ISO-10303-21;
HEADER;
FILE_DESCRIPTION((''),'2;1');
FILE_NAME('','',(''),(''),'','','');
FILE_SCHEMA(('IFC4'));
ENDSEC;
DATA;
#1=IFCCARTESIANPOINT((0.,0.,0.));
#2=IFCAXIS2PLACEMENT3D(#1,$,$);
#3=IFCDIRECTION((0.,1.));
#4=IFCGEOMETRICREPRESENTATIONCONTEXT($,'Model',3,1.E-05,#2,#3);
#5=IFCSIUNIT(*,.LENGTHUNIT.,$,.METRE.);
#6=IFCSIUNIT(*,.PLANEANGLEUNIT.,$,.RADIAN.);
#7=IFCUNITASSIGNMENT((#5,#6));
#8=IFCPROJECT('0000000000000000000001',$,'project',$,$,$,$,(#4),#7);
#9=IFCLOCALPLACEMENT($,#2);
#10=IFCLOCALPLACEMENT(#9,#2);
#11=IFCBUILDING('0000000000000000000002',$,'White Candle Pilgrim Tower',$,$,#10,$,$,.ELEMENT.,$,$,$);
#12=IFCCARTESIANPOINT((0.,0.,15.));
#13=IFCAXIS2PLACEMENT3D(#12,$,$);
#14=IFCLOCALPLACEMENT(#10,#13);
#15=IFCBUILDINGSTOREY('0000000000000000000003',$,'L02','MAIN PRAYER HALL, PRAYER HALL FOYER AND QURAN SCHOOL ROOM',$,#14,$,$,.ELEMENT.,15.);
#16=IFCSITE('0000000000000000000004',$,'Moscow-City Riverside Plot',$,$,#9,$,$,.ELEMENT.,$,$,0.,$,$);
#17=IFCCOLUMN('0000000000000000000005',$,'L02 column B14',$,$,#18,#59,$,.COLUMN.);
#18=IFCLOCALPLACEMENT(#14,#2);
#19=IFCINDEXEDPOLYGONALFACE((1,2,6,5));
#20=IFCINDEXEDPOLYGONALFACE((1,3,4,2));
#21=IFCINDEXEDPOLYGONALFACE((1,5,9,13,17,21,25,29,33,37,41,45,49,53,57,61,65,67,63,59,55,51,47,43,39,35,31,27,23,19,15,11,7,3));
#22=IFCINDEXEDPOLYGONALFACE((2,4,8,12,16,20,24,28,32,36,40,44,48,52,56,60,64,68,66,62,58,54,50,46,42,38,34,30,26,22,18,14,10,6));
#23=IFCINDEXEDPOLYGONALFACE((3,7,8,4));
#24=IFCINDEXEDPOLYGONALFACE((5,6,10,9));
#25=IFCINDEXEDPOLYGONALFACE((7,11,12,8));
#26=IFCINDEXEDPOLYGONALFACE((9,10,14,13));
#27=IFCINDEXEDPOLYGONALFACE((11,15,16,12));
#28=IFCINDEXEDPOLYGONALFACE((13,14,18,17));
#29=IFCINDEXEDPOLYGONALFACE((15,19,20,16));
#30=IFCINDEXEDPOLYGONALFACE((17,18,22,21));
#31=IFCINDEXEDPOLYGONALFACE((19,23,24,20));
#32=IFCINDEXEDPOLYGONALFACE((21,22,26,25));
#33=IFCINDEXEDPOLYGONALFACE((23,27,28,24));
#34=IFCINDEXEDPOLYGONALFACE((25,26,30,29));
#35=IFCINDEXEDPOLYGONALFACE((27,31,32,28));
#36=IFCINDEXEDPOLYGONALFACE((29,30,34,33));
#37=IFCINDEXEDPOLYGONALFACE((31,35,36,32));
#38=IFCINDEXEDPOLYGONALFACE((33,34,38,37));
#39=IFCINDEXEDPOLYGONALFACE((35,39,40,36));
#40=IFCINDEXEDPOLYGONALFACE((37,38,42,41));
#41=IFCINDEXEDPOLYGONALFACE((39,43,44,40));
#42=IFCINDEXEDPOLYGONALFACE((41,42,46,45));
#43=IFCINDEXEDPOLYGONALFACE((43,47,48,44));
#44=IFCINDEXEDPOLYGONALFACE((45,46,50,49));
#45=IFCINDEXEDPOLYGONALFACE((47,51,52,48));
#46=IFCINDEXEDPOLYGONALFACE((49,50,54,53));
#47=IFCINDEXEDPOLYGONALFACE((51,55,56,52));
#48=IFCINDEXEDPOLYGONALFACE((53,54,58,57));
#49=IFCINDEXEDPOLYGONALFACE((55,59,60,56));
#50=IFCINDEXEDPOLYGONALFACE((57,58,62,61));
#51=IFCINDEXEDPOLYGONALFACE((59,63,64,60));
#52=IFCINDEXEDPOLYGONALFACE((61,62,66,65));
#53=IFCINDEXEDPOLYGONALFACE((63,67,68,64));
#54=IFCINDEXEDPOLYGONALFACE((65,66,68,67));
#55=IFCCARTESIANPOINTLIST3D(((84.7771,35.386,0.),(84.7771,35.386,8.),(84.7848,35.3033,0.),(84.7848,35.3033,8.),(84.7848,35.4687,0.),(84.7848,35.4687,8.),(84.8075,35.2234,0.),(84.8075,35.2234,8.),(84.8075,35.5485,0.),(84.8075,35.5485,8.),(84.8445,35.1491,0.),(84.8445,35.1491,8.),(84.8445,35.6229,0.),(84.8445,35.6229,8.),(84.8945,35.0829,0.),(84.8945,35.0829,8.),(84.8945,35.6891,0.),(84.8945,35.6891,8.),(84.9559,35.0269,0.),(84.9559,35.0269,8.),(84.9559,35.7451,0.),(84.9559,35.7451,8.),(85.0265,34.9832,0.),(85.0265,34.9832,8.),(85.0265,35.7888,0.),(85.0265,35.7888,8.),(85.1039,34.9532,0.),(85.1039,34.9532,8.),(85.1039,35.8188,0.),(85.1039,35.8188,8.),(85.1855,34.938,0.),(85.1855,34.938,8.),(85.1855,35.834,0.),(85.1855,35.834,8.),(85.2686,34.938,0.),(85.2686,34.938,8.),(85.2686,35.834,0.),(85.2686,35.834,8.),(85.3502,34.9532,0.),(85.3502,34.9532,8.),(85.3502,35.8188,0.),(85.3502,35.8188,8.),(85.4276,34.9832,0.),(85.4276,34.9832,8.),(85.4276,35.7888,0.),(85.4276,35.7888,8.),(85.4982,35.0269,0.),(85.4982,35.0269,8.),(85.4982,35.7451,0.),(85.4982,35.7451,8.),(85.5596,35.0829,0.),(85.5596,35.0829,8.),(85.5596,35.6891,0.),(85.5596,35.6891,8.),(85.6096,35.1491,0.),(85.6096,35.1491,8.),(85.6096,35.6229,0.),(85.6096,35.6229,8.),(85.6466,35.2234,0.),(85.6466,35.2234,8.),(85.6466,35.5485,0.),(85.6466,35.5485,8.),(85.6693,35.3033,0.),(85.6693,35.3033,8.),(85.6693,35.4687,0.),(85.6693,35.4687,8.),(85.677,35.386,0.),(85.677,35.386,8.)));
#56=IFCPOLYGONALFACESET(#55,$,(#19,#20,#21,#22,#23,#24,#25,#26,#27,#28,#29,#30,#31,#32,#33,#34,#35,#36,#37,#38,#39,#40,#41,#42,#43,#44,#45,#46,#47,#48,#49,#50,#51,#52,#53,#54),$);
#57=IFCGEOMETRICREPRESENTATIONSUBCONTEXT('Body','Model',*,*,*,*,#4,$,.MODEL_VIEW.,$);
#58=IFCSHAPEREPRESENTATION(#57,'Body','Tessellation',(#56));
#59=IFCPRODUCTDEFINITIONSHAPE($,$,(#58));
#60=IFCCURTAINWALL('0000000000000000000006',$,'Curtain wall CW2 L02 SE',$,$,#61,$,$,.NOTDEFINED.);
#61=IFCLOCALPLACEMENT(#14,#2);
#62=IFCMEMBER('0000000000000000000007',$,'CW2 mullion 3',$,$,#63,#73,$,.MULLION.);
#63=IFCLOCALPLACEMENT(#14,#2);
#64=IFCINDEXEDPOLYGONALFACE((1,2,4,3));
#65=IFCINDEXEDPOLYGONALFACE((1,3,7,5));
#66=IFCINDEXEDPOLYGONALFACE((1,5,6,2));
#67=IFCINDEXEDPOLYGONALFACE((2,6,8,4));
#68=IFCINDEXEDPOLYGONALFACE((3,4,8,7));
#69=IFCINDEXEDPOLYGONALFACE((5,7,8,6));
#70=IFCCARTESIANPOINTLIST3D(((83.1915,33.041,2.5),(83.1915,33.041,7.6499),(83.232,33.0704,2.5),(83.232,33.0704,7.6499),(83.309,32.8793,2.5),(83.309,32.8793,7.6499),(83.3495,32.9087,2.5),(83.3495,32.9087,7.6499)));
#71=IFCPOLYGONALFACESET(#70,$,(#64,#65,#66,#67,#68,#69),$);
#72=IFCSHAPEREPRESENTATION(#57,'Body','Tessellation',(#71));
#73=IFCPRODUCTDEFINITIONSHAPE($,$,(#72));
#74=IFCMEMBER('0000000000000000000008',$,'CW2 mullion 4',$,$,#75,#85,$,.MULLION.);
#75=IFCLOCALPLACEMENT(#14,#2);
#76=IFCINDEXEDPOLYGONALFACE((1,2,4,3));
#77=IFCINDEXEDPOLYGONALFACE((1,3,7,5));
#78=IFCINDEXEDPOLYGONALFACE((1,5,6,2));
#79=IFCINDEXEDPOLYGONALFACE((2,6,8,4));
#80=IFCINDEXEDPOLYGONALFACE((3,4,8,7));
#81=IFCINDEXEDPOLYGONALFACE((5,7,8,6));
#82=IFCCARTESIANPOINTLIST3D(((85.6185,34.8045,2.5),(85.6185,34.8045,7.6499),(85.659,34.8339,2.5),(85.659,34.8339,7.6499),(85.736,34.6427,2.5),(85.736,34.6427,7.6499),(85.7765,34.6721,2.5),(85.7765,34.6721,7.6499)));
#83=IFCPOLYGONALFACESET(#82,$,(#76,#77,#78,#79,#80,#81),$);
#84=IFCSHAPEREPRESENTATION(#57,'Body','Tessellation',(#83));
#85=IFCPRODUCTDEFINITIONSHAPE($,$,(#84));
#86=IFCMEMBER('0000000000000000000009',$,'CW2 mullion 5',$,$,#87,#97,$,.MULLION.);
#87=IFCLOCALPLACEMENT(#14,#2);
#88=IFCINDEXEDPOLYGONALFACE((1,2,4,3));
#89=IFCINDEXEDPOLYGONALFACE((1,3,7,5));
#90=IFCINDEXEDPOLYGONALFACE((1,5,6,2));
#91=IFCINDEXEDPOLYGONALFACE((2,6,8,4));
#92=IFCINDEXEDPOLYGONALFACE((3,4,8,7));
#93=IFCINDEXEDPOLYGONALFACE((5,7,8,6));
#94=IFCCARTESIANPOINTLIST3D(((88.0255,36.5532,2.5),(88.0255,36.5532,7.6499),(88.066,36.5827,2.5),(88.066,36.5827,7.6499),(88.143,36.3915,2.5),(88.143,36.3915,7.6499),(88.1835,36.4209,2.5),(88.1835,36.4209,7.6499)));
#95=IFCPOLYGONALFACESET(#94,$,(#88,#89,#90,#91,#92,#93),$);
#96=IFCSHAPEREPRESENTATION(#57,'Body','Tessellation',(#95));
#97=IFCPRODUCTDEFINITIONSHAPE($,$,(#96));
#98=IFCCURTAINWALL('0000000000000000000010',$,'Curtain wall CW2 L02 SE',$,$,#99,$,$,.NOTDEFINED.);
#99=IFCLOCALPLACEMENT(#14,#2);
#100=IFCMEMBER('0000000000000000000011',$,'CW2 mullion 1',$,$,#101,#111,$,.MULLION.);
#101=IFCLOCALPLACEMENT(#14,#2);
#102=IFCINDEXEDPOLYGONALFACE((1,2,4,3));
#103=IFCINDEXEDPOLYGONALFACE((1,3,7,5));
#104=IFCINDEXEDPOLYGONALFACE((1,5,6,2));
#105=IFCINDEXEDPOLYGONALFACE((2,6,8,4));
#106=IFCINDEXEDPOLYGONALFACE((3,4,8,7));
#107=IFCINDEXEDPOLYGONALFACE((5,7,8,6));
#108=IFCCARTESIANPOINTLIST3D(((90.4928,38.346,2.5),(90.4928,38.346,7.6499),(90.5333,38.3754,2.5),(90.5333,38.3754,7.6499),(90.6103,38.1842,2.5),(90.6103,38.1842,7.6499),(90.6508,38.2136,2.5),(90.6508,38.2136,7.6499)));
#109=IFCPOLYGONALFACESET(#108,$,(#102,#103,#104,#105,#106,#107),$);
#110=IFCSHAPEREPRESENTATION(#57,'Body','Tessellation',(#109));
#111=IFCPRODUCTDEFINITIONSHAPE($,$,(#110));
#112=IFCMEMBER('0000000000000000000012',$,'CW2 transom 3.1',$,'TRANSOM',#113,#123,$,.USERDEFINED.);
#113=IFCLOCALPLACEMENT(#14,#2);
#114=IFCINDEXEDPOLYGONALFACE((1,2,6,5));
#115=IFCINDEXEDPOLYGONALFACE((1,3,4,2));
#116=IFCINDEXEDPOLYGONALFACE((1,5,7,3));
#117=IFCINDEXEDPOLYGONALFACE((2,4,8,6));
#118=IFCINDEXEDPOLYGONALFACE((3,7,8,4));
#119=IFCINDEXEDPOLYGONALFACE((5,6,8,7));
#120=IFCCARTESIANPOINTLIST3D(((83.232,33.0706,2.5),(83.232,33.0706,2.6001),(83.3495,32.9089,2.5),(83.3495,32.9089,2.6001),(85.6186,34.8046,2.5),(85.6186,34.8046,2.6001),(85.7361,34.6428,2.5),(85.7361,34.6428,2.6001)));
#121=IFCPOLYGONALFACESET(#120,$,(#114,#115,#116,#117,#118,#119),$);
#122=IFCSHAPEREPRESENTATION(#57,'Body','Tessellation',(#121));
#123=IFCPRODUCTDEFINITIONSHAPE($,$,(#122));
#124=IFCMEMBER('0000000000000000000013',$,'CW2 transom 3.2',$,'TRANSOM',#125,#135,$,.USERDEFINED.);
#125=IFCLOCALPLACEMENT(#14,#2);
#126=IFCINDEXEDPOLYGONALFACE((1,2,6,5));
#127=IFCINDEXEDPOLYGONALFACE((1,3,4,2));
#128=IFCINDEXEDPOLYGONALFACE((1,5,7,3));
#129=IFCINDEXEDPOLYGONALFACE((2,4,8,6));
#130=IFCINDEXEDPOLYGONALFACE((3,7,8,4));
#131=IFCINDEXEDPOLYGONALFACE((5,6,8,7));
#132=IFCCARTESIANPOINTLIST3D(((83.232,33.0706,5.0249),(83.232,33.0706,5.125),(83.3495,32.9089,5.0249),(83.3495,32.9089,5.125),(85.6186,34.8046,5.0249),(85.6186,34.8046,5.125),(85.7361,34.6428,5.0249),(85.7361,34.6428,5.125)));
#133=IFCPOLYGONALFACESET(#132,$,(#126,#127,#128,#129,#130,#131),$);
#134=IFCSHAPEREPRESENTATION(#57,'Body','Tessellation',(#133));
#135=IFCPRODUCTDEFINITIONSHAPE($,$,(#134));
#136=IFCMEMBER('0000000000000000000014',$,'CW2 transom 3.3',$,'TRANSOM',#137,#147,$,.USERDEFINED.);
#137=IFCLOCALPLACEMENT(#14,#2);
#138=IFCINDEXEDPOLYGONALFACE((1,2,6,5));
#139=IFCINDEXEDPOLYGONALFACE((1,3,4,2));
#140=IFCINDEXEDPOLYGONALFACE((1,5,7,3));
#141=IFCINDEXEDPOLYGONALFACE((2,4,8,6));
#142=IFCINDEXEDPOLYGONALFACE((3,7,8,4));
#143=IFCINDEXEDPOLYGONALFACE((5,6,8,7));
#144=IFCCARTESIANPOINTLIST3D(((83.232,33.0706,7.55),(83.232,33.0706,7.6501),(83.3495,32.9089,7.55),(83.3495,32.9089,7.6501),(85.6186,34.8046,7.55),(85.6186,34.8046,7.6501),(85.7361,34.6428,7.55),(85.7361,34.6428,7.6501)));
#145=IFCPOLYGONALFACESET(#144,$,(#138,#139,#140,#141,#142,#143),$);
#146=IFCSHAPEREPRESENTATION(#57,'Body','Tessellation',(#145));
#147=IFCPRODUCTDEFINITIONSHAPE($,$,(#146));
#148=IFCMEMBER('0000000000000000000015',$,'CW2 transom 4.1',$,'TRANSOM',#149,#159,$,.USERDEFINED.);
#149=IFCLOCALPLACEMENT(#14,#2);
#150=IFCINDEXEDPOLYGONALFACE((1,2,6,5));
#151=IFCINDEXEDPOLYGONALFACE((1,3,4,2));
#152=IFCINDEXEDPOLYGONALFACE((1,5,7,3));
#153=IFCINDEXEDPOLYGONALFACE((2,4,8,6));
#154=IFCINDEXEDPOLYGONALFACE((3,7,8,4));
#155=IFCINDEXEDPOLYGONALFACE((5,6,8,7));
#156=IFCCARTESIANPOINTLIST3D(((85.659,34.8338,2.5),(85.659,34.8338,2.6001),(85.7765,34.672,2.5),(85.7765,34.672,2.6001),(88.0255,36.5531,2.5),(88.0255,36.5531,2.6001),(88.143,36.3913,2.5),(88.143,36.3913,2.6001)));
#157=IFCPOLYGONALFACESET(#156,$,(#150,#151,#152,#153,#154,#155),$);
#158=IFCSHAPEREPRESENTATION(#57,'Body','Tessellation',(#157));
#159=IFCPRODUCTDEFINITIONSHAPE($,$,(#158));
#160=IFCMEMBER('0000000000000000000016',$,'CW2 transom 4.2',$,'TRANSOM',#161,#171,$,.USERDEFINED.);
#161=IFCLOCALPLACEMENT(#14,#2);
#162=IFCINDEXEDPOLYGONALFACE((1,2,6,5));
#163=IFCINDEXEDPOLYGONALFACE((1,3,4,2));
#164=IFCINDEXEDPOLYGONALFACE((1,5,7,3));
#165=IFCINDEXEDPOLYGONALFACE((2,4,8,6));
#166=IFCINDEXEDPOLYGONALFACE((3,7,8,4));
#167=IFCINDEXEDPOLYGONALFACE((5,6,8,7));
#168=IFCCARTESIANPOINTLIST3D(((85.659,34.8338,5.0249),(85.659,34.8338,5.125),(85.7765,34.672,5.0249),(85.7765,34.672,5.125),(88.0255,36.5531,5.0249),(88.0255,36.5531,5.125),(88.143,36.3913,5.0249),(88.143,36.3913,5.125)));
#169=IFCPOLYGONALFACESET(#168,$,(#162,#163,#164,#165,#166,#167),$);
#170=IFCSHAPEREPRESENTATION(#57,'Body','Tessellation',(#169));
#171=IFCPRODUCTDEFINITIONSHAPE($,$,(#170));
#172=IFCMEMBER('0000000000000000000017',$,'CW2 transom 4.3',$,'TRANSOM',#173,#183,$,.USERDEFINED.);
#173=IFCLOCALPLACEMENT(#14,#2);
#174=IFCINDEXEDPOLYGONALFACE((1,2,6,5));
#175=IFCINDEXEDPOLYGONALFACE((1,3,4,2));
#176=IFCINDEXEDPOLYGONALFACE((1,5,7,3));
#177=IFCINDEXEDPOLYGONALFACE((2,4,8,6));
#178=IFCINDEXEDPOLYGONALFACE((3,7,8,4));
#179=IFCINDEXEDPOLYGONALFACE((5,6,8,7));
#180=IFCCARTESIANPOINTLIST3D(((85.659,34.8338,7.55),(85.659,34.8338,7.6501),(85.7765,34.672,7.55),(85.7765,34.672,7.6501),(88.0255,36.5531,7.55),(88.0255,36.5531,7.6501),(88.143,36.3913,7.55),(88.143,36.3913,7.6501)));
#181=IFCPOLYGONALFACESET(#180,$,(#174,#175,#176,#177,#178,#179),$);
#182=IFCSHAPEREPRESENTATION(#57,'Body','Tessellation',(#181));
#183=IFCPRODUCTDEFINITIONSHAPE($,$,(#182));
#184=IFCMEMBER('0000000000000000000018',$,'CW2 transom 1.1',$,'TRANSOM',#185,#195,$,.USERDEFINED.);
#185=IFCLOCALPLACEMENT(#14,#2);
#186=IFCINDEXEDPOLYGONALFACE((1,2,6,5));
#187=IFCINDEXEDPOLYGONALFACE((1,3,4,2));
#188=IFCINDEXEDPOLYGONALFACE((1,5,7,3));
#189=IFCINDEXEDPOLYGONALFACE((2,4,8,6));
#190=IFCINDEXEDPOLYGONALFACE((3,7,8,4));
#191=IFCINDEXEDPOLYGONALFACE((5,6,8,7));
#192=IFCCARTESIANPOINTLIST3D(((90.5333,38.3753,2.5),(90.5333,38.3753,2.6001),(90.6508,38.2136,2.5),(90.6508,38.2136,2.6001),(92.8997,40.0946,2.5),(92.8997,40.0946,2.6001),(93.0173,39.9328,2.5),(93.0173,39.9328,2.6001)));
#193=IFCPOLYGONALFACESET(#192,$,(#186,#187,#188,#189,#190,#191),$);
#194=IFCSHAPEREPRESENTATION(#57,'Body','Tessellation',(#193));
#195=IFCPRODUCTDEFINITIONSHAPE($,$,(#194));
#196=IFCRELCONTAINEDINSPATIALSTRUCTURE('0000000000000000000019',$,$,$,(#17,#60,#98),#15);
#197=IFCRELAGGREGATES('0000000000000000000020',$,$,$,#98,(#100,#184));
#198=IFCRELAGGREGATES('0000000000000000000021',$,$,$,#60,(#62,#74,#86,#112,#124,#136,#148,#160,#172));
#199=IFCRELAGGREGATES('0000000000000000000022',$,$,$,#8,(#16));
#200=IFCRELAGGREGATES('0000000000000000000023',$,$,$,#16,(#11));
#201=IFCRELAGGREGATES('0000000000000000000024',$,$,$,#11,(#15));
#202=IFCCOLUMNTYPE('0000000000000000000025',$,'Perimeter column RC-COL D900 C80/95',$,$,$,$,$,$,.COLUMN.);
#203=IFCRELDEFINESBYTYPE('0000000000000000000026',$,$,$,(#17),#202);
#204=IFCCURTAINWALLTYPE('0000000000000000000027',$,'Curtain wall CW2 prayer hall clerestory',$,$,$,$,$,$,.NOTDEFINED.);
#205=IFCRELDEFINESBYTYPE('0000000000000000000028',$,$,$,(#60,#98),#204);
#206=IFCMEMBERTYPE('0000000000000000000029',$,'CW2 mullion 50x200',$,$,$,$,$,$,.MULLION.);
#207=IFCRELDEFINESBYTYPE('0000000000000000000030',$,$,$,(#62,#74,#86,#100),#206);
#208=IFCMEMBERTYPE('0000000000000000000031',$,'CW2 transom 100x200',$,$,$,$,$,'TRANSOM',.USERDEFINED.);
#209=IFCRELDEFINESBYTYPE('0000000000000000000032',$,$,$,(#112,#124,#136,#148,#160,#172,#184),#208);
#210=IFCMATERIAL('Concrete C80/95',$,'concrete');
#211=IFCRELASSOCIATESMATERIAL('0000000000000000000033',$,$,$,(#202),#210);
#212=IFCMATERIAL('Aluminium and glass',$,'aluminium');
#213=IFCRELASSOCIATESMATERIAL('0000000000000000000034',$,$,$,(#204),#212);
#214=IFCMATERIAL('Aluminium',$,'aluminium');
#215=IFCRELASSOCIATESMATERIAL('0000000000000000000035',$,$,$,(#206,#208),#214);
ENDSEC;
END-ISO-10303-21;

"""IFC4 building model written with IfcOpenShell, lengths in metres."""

from ifc_helpers import new_model, si_unit, direction, frame, origin, origin_2d, place, context, subcontext, project, spatial, rectangle, circle, extrude, material, material_profile, profile_set, type_object, element, aggregate, save


model = new_model("IFC4")

# Units and contexts
model_context = context("Model", 3, precision=1e-05, world=origin(), true_north=direction((0.0, 1.0)))
body_context = subcontext(model_context, "Body", "Model", "MODEL_VIEW")
ifc_project = project(units=[si_unit("LENGTHUNIT", "METRE"), si_unit("PLANEANGLEUNIT", "RADIAN")], contexts=[model_context])

# Site, building, storey
site_placement = place(None, origin())
site = spatial("IfcSite", under=ifc_project, at=site_placement, Name="Moscow-City Riverside Plot", CompositionType="ELEMENT", RefElevation=0.0)
building_placement = place(site_placement, origin())
building = spatial("IfcBuilding", under=site, at=building_placement, Name="White Candle Pilgrim Tower", CompositionType="ELEMENT")
storey_placement = place(building_placement, frame((0.0, 0.0, 15.0)))
storey = spatial("IfcBuildingStorey", under=building, at=storey_placement, Name="L02", Description="MAIN PRAYER HALL, PRAYER HALL FOYER AND QURAN SCHOOL ROOM", CompositionType="ELEMENT", Elevation=15.0)

# Column
ifc_material_1 = material(Name="Concrete C80/95", Category="concrete")
ifc_material_profile_1 = material_profile(ifc_material_1, circle(Radius=0.45, at=origin_2d()), Name="RC-COL D900")
ifc_profile_set_1 = profile_set([ifc_material_profile_1], Name="Concrete C80/95")
column_type = type_object("IfcColumnType", Name="Perimeter column RC-COL D900 C80/95", PredefinedType="COLUMN", material=ifc_profile_set_1)
column_placement = place(storey_placement, frame((85.2271, 35.386, 0.0), z_axis=(0.0, 0.0, 1.0), x_axis=(1.0, 0.0, 0.0)))
element("IfcColumn", 1, at=column_placement, inside=storey, type_object=column_type, Name="L02 column B14", PredefinedType="COLUMN", context=body_context, shape_type="SweptSolid", body=[
    extrude(circle(Radius=0.45, at=origin_2d()), origin(), (0.0, 0.0, 1.0), 8.0),
])

# Curtain wall, members
ifc_material_2 = material(Name="Aluminium and glass", Category="aluminium")
curtain_wall_type = type_object("IfcCurtainWallType", Name="Curtain wall CW2 prayer hall clerestory", PredefinedType="NOTDEFINED", material=ifc_material_2)
curtain_wall_1_placement = place(storey_placement, origin())
curtain_wall_1 = element("IfcCurtainWall", 2, at=curtain_wall_1_placement, inside=storey, type_object=curtain_wall_type, Name="Curtain wall CW2 L02 SE", PredefinedType="NOTDEFINED")
ifc_material_3 = material(Name="Aluminium", Category="aluminium")
ifc_material_profile_2 = material_profile(ifc_material_3, rectangle(XDim=0.2, YDim=0.05, at=origin_2d()), Name="CW2 mullion 50x200")
ifc_profile_set_2 = profile_set([ifc_material_profile_2], Name="Aluminium")
member_type_1 = type_object("IfcMemberType", Name="CW2 mullion 50x200", PredefinedType="MULLION", material=ifc_profile_set_2)
member_1_placement = place(storey_placement, frame((83.2705, 32.9749, 2.5), z_axis=(0.0, 0.0, 1.0), x_axis=(-0.587785, 0.809017, 0.0)))
member_1 = element("IfcMember", 3, at=member_1_placement, type_object=member_type_1, Name="CW2 mullion 3", PredefinedType="MULLION", context=body_context, shape_type="SweptSolid", body=[
    extrude(rectangle(XDim=0.2, YDim=0.05, at=origin_2d()), origin(), (0.0, 0.0, 1.0), 5.1499),
])
member_2_placement = place(storey_placement, frame((85.6975, 34.7383, 2.5), z_axis=(0.0, 0.0, 1.0), x_axis=(-0.587785, 0.809017, 0.0)))
member_2 = element("IfcMember", 4, at=member_2_placement, type_object=member_type_1, Name="CW2 mullion 4", PredefinedType="MULLION", context=body_context, shape_type="SweptSolid", body=[
    extrude(rectangle(XDim=0.2, YDim=0.05, at=origin_2d()), origin(), (0.0, 0.0, 1.0), 5.1499),
])
member_3_placement = place(storey_placement, frame((88.1045, 36.4871, 2.5), z_axis=(0.0, 0.0, 1.0), x_axis=(-0.587785, 0.809017, 0.0)))
member_3 = element("IfcMember", 5, at=member_3_placement, type_object=member_type_1, Name="CW2 mullion 5", PredefinedType="MULLION", context=body_context, shape_type="SweptSolid", body=[
    extrude(rectangle(XDim=0.2, YDim=0.05, at=origin_2d()), origin(), (0.0, 0.0, 1.0), 5.1499),
])

# Curtain wall, member
curtain_wall_2_placement = place(storey_placement, origin())
curtain_wall_2 = element("IfcCurtainWall", 6, at=curtain_wall_2_placement, inside=storey, type_object=curtain_wall_type, Name="Curtain wall CW2 L02 SE", PredefinedType="NOTDEFINED")
member_4_placement = place(storey_placement, frame((90.5718, 38.2798, 2.5), z_axis=(0.0, 0.0, 1.0), x_axis=(-0.587785, 0.809017, 0.0)))
member_4 = element("IfcMember", 7, at=member_4_placement, type_object=member_type_1, Name="CW2 mullion 1", PredefinedType="MULLION", context=body_context, shape_type="SweptSolid", body=[
    extrude(rectangle(XDim=0.2, YDim=0.05, at=origin_2d()), origin(), (0.0, 0.0, 1.0), 5.1499),
])

# Members
ifc_material_profile_3 = material_profile(ifc_material_3, rectangle(XDim=0.2, YDim=0.1001, at=origin_2d()), Name="CW2 transom 100x200")
ifc_profile_set_3 = profile_set([ifc_material_profile_3], Name="Aluminium")
member_type_2 = type_object("IfcMemberType", Name="CW2 transom 100x200", ElementType="TRANSOM", PredefinedType="USERDEFINED", material=ifc_profile_set_3)
member_5_placement = place(storey_placement, frame((83.2908, 32.9897, 2.55), z_axis=(0.809015, 0.587788, 0.0), x_axis=(-0.587788, 0.809015, 0.0)))
member_5 = element("IfcMember", 8, at=member_5_placement, type_object=member_type_2, Name="CW2 transom 3.1", ObjectType="TRANSOM", PredefinedType="USERDEFINED", context=body_context, shape_type="SweptSolid", body=[
    extrude(rectangle(XDim=0.2, YDim=0.1001, at=origin_2d()), origin(), (0.0, 0.0, 1.0), 2.95),
])
member_6_placement = place(storey_placement, frame((83.2908, 32.9897, 5.075), z_axis=(0.809015, 0.587788, 0.0), x_axis=(-0.587788, 0.809015, 0.0)))
member_6 = element("IfcMember", 9, at=member_6_placement, type_object=member_type_2, Name="CW2 transom 3.2", ObjectType="TRANSOM", PredefinedType="USERDEFINED", context=body_context, shape_type="SweptSolid", body=[
    extrude(rectangle(XDim=0.2, YDim=0.1001, at=origin_2d()), origin(), (0.0, 0.0, 1.0), 2.95),
])
member_7_placement = place(storey_placement, frame((83.2908, 32.9897, 7.6001), z_axis=(0.809015, 0.587788, 0.0), x_axis=(-0.587788, 0.809015, 0.0)))
member_7 = element("IfcMember", 10, at=member_7_placement, type_object=member_type_2, Name="CW2 transom 3.3", ObjectType="TRANSOM", PredefinedType="USERDEFINED", context=body_context, shape_type="SweptSolid", body=[
    extrude(rectangle(XDim=0.2, YDim=0.1001, at=origin_2d()), origin(), (0.0, 0.0, 1.0), 2.95),
])
member_8_placement = place(storey_placement, frame((85.7178, 34.7529, 2.55), z_axis=(0.809032, 0.587765, 0.0), x_axis=(-0.587765, 0.809032, 0.0)))
member_8 = element("IfcMember", 11, at=member_8_placement, type_object=member_type_2, Name="CW2 transom 4.1", ObjectType="TRANSOM", PredefinedType="USERDEFINED", context=body_context, shape_type="SweptSolid", body=[
    extrude(rectangle(XDim=0.2, YDim=0.1001, at=origin_2d()), origin(), (0.0, 0.0, 1.0), 2.925),
])
member_9_placement = place(storey_placement, frame((85.7178, 34.7529, 5.075), z_axis=(0.809032, 0.587765, 0.0), x_axis=(-0.587765, 0.809032, 0.0)))
member_9 = element("IfcMember", 12, at=member_9_placement, type_object=member_type_2, Name="CW2 transom 4.2", ObjectType="TRANSOM", PredefinedType="USERDEFINED", context=body_context, shape_type="SweptSolid", body=[
    extrude(rectangle(XDim=0.2, YDim=0.1001, at=origin_2d()), origin(), (0.0, 0.0, 1.0), 2.925),
])
member_10_placement = place(storey_placement, frame((85.7178, 34.7529, 7.6001), z_axis=(0.809032, 0.587765, 0.0), x_axis=(-0.587765, 0.809032, 0.0)))
member_10 = element("IfcMember", 13, at=member_10_placement, type_object=member_type_2, Name="CW2 transom 4.3", ObjectType="TRANSOM", PredefinedType="USERDEFINED", context=body_context, shape_type="SweptSolid", body=[
    extrude(rectangle(XDim=0.2, YDim=0.1001, at=origin_2d()), origin(), (0.0, 0.0, 1.0), 2.925),
])
member_11_placement = place(storey_placement, frame((90.592, 38.2944, 2.55), z_axis=(0.809032, 0.587765, 0.0), x_axis=(-0.587765, 0.809032, 0.0)))
member_11 = element("IfcMember", 14, at=member_11_placement, type_object=member_type_2, Name="CW2 transom 1.1", ObjectType="TRANSOM", PredefinedType="USERDEFINED", context=body_context, shape_type="SweptSolid", body=[
    extrude(rectangle(XDim=0.2, YDim=0.1001, at=origin_2d()), origin(), (0.0, 0.0, 1.0), 2.925),
])
aggregate(curtain_wall_2, [member_4, member_11])

aggregate(curtain_wall_1, [member_1, member_2, member_3, member_5, member_6, member_7, member_8, member_9, member_10])

save(model, "model.ifc")
